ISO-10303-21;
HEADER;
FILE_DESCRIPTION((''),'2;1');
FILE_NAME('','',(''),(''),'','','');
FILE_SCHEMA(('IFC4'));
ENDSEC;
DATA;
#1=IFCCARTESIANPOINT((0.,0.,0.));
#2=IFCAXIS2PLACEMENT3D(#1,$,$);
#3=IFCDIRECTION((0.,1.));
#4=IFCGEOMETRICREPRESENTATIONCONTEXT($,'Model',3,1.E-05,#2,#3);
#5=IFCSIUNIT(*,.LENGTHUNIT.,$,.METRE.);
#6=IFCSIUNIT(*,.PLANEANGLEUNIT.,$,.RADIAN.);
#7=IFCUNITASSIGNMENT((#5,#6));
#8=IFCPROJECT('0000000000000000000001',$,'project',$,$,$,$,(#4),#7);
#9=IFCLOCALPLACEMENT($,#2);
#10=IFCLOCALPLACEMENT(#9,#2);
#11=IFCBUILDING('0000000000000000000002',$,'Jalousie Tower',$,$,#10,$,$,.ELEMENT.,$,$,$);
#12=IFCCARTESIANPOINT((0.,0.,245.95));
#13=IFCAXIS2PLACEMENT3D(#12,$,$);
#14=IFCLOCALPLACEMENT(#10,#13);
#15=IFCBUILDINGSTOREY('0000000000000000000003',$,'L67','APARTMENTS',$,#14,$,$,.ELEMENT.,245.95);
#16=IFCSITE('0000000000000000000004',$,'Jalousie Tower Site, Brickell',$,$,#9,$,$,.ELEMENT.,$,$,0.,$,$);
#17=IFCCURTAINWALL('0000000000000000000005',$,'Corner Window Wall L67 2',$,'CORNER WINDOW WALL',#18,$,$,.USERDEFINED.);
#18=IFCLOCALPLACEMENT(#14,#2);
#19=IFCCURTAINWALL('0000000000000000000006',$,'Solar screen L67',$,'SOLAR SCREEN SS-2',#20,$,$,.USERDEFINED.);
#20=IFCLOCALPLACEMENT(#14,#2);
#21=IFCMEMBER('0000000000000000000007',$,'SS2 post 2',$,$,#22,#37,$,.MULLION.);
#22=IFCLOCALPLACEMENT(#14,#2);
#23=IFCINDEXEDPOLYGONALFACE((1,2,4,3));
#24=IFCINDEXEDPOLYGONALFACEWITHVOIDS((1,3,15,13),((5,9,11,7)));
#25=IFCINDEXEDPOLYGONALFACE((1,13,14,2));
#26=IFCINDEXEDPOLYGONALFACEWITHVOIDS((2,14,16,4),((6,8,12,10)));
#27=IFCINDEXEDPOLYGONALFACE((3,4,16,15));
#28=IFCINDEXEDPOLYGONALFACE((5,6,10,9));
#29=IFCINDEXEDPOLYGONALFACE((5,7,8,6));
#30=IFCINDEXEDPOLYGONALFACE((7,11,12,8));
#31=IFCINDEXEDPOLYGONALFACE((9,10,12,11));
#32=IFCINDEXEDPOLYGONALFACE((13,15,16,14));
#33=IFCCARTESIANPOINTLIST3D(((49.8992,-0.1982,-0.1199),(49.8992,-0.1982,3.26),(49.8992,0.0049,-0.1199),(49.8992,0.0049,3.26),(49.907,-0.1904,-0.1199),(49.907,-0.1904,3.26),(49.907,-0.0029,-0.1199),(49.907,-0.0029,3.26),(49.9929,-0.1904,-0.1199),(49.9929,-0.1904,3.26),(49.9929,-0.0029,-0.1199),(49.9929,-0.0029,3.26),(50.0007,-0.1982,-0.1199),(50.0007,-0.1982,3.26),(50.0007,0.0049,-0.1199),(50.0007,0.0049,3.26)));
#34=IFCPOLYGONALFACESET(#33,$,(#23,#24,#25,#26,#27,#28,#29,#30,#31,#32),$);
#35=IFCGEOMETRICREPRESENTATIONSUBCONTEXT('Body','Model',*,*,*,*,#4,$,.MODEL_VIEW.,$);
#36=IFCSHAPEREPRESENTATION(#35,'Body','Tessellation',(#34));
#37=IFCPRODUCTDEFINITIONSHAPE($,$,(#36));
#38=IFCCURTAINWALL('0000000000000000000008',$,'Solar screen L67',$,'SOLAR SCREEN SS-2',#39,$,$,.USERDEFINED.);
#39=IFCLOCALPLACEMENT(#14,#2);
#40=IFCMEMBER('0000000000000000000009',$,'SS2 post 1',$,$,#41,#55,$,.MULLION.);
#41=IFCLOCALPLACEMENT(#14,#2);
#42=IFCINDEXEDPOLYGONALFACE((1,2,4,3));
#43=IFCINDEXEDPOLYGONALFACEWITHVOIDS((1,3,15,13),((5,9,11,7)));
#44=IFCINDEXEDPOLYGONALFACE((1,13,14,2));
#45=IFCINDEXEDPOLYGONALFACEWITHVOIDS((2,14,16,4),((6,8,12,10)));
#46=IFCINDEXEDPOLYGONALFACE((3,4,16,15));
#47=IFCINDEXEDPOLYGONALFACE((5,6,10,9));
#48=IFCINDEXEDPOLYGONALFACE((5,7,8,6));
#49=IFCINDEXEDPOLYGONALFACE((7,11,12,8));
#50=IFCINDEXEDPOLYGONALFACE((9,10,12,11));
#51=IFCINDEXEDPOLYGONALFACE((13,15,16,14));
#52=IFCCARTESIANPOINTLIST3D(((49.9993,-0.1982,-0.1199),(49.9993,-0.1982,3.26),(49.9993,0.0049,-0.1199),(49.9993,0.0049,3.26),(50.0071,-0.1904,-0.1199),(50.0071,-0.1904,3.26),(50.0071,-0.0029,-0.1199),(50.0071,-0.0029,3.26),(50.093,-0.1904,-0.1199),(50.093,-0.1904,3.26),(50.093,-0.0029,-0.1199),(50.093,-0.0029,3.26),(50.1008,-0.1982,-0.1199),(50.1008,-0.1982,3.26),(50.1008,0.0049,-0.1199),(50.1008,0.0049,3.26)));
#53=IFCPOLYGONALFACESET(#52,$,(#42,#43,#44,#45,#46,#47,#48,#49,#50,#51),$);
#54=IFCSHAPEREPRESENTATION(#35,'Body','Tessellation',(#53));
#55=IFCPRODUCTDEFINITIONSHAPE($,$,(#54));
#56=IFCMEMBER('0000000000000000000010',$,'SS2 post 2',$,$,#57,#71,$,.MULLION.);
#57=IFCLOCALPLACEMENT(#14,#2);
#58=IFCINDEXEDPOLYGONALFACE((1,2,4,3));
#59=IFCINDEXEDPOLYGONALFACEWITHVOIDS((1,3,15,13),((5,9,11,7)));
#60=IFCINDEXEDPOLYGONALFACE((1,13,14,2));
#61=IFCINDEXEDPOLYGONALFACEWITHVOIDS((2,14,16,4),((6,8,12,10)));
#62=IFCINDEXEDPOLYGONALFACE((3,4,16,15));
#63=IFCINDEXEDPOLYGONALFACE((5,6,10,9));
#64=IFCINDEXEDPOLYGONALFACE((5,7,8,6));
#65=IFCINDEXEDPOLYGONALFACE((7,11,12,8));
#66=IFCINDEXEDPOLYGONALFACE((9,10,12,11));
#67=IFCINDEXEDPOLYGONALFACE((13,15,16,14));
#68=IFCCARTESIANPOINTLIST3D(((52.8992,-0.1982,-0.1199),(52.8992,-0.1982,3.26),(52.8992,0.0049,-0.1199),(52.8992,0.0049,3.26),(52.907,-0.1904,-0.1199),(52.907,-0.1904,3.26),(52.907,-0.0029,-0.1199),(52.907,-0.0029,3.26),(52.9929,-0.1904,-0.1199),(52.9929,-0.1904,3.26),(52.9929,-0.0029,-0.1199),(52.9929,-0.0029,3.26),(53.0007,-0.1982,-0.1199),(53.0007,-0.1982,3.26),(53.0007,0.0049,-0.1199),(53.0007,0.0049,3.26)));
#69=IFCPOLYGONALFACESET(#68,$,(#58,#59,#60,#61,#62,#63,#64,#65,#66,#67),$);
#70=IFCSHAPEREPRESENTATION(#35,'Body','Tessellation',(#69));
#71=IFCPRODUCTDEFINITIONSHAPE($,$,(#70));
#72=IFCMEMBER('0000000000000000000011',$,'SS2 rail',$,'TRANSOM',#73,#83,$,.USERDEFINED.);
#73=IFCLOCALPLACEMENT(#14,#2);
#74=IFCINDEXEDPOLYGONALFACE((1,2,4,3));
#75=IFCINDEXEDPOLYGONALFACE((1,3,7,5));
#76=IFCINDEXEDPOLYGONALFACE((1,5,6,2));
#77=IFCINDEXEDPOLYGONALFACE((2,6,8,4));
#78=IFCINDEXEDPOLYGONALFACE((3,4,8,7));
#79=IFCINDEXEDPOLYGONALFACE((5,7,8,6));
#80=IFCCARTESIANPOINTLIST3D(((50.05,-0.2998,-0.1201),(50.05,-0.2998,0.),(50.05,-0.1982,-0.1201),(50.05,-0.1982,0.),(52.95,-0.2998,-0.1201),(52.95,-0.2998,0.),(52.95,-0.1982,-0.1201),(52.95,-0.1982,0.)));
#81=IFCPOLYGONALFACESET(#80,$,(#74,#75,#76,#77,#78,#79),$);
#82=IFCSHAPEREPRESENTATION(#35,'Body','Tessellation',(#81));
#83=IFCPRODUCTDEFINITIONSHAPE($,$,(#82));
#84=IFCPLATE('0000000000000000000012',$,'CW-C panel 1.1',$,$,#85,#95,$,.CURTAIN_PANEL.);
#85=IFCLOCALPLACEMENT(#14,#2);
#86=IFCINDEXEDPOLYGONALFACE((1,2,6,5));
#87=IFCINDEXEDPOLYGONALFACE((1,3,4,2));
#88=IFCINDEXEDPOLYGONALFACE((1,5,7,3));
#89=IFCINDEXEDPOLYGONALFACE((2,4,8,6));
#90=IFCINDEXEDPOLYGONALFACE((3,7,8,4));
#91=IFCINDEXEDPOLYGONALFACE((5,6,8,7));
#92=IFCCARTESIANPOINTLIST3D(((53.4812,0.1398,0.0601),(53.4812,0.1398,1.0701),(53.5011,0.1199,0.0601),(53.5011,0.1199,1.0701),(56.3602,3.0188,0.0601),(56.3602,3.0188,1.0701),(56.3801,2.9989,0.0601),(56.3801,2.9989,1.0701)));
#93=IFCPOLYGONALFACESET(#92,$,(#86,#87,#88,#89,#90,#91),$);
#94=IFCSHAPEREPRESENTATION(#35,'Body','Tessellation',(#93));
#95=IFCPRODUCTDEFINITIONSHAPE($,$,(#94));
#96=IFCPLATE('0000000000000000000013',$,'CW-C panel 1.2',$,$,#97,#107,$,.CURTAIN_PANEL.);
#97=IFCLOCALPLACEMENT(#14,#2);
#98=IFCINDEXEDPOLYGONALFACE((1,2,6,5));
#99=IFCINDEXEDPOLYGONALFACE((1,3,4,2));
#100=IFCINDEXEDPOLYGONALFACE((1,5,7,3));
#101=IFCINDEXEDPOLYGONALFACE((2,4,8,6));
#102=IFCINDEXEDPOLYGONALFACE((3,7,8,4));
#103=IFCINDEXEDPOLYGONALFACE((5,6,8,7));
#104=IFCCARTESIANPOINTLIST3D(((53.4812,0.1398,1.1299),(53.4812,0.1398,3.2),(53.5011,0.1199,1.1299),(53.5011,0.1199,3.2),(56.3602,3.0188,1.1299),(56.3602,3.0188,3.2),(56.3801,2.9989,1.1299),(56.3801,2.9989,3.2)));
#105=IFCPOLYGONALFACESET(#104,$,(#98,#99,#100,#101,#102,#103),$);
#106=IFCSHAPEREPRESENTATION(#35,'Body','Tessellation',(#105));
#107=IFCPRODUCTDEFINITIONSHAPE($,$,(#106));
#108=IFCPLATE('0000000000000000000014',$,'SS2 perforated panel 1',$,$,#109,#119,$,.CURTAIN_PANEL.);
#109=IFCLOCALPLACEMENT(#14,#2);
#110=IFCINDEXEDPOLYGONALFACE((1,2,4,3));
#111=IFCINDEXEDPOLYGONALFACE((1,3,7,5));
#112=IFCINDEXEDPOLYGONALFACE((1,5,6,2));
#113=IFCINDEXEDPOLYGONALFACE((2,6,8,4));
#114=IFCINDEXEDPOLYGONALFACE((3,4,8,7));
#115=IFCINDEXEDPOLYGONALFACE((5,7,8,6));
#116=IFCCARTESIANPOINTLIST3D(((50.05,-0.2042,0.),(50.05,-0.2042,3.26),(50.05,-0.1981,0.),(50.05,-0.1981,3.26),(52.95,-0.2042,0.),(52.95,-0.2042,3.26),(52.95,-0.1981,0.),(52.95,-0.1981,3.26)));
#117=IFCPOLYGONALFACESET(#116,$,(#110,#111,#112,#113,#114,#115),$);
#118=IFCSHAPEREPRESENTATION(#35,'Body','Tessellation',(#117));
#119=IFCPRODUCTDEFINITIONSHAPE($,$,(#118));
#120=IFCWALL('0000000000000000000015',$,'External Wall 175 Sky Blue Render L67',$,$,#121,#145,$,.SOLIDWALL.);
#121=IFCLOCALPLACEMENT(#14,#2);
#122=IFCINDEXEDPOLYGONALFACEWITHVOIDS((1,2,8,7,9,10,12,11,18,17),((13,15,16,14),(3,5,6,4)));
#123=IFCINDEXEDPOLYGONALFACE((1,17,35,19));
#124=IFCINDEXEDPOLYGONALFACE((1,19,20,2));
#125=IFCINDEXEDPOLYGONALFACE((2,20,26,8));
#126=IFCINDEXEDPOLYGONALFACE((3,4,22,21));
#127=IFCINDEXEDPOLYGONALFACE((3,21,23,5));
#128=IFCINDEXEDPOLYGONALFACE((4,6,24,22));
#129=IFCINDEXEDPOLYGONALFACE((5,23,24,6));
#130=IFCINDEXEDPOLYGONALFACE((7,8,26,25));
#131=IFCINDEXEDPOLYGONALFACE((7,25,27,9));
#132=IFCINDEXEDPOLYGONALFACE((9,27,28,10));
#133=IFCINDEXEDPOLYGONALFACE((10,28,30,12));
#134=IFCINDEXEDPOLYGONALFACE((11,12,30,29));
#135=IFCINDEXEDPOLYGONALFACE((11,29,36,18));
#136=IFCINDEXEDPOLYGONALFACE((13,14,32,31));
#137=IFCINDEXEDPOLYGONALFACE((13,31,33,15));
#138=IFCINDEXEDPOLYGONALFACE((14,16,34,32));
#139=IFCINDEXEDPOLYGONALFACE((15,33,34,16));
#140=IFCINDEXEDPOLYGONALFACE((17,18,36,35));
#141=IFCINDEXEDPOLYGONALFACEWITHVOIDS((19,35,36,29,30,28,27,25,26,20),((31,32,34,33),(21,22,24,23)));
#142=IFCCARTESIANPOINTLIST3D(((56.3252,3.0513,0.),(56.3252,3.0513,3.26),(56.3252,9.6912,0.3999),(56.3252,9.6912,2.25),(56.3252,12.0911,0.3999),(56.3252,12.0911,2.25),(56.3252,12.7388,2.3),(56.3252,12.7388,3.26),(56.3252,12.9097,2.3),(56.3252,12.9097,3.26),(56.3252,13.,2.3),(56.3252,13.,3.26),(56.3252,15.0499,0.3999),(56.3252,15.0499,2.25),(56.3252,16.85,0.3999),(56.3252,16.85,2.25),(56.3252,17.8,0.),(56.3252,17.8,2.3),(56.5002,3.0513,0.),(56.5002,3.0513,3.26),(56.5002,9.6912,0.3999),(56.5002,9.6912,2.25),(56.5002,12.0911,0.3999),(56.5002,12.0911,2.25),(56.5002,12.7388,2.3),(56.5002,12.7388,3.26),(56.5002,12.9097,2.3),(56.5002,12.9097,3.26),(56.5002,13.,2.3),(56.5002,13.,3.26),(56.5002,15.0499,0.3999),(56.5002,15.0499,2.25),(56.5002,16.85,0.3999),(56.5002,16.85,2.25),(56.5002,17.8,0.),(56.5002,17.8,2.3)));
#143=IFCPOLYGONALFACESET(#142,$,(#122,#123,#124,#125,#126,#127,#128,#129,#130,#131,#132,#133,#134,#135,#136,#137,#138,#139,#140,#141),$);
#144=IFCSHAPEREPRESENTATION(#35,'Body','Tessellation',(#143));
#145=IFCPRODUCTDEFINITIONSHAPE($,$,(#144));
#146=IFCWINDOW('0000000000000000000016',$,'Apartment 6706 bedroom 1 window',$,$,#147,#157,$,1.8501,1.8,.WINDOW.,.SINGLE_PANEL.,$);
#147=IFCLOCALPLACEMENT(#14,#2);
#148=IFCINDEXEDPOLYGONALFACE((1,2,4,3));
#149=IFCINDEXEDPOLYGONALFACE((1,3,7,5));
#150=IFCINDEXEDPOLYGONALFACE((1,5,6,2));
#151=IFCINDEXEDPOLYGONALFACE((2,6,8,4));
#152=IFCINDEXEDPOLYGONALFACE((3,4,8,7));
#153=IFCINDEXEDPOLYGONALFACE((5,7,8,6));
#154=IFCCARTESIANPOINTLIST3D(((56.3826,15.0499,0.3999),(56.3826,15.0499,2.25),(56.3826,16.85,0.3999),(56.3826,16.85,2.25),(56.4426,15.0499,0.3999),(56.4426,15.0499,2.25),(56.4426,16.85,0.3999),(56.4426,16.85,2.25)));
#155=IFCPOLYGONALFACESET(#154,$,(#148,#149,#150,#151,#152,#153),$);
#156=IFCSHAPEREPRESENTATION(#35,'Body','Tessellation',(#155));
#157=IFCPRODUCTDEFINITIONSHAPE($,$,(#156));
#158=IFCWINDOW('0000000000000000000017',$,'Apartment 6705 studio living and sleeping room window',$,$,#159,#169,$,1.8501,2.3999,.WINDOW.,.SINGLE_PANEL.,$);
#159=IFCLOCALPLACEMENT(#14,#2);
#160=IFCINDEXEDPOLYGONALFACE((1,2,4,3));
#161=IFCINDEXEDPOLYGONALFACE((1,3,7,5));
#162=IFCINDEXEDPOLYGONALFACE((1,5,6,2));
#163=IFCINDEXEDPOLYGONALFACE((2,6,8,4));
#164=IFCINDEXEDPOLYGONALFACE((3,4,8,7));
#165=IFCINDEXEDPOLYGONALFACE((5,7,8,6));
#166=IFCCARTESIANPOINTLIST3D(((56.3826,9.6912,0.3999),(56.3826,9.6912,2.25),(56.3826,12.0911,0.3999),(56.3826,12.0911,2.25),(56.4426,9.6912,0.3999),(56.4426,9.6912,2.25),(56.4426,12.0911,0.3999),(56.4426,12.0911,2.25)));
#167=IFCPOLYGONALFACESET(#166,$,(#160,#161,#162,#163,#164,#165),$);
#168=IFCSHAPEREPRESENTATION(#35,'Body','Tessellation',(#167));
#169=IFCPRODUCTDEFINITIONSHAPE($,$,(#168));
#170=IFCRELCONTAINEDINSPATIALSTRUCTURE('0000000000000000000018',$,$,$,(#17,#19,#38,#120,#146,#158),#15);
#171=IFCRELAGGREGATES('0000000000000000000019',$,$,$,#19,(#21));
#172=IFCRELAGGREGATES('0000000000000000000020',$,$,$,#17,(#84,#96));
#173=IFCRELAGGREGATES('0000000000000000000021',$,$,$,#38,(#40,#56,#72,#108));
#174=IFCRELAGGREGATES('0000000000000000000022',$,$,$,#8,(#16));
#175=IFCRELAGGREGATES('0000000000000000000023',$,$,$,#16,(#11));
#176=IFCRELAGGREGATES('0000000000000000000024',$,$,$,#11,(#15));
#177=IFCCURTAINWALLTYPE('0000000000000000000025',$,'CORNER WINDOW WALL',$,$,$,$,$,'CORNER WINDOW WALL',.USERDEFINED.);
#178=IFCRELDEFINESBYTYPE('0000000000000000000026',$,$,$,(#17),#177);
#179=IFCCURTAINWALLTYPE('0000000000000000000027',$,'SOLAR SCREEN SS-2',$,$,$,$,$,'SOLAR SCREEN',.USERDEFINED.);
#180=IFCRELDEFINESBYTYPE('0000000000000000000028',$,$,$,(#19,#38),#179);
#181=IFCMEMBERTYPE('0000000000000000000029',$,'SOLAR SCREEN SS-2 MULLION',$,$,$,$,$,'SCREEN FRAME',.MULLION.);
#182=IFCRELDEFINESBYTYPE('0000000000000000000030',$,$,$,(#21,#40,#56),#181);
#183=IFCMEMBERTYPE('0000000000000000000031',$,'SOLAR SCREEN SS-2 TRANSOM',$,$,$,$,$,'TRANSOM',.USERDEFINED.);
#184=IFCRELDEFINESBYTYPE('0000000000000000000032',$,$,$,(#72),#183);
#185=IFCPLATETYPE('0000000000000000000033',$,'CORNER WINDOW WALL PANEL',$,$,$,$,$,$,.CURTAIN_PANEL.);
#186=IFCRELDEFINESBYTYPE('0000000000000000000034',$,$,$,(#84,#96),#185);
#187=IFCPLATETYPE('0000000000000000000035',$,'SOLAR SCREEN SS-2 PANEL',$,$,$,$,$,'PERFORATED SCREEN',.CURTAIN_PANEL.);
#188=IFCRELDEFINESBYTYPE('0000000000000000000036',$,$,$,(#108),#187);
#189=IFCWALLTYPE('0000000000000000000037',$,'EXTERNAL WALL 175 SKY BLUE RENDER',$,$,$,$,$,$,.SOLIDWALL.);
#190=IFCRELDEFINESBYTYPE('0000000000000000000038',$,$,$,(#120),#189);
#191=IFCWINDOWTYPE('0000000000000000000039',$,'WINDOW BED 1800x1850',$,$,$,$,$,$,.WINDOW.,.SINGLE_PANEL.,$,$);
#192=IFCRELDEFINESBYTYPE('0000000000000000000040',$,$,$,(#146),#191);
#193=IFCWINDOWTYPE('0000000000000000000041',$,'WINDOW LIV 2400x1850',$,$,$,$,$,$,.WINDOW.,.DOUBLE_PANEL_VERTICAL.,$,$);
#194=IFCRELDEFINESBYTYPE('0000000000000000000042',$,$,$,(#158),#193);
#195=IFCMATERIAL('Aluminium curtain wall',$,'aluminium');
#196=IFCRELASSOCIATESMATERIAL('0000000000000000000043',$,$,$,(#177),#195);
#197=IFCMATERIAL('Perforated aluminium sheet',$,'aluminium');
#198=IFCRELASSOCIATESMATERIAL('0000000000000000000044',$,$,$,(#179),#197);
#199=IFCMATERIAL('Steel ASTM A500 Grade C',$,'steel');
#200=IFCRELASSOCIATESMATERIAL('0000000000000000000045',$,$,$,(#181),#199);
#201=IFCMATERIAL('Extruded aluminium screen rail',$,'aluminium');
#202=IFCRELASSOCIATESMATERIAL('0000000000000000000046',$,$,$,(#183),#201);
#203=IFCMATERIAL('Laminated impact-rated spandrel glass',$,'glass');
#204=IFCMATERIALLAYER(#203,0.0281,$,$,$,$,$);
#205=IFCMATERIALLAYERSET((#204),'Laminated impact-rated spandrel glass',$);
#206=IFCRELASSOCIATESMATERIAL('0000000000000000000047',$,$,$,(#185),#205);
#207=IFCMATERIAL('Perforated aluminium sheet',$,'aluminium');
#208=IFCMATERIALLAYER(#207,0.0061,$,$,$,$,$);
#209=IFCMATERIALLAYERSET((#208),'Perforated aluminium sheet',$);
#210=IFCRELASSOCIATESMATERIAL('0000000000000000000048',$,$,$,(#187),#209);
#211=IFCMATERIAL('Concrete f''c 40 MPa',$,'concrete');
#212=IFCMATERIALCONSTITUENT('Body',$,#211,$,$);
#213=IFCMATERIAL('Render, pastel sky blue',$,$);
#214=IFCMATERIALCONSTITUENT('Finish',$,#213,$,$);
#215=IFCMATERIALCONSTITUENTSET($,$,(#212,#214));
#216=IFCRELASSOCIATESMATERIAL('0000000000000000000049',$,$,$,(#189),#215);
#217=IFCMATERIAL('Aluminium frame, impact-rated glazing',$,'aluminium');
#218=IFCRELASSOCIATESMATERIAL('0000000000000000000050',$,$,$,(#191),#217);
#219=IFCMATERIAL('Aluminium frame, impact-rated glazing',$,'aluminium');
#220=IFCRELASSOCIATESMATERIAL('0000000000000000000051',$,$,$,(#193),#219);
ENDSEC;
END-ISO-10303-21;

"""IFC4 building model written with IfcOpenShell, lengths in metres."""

from ifc_helpers import new_model, si_unit, direction, frame, frame_2d, origin, origin_2d, place, context, subcontext, project, spatial, polyline, rectangle, hollow_rectangle, outline, extrude, material, layer, layer_set, constituent, constituent_set, material_profile, profile_set, type_object, element, fill, aggregate, save


model = new_model("IFC4")

# Units and contexts
model_context = context("Model", 3, precision=1e-05, world=origin(), true_north=direction((0.0, 1.0)))
body_context = subcontext(model_context, "Body", "Model", "MODEL_VIEW")
ifc_project = project(units=[si_unit("LENGTHUNIT", "METRE"), si_unit("PLANEANGLEUNIT", "RADIAN")], contexts=[model_context])

# Site, building, storey
site_placement = place(None, origin())
site = spatial("IfcSite", under=ifc_project, at=site_placement, Name="Jalousie Tower Site, Brickell", CompositionType="ELEMENT", RefElevation=0.0)
building_placement = place(site_placement, origin())
building = spatial("IfcBuilding", under=site, at=building_placement, Name="Jalousie Tower", CompositionType="ELEMENT")
storey_placement = place(building_placement, frame((0.0, 0.0, 245.95)))
storey = spatial("IfcBuildingStorey", under=building, at=storey_placement, Name="L67", Description="APARTMENTS", CompositionType="ELEMENT", Elevation=245.95)

# Curtain wall
ifc_material_1 = material(Name="Aluminium curtain wall", Category="aluminium")
curtain_wall_type_1 = type_object("IfcCurtainWallType", Name="CORNER WINDOW WALL", ElementType="CORNER WINDOW WALL", PredefinedType="USERDEFINED", material=ifc_material_1)
curtain_wall_1_placement = place(storey_placement, origin())
curtain_wall_1 = element("IfcCurtainWall", 1, at=curtain_wall_1_placement, inside=storey, type_object=curtain_wall_type_1, Name="Corner Window Wall L67 2", ObjectType="CORNER WINDOW WALL", PredefinedType="USERDEFINED")

# Curtain wall, member
ifc_material_2 = material(Name="Perforated aluminium sheet", Category="aluminium")
curtain_wall_type_2 = type_object("IfcCurtainWallType", Name="SOLAR SCREEN SS-2", ElementType="SOLAR SCREEN", PredefinedType="USERDEFINED", material=ifc_material_2)
curtain_wall_2_placement = place(storey_placement, origin())
curtain_wall_2 = element("IfcCurtainWall", 2, at=curtain_wall_2_placement, inside=storey, type_object=curtain_wall_type_2, Name="Solar screen L67", ObjectType="SOLAR SCREEN SS-2", PredefinedType="USERDEFINED")
ifc_material_3 = material(Name="Steel ASTM A500 Grade C", Category="steel")
ifc_material_profile_1 = material_profile(ifc_material_3, hollow_rectangle(XDim=0.1016, YDim=0.2031, WallThickness=0.0078, at=origin_2d()), Name="HSS8X4X5/16")
ifc_profile_set_1 = profile_set([ifc_material_profile_1], Name="Steel ASTM A500 Grade C")
member_type_1 = type_object("IfcMemberType", Name="SOLAR SCREEN SS-2 MULLION", ElementType="SCREEN FRAME", PredefinedType="MULLION", material=ifc_profile_set_1)
member_1_placement = place(storey_placement, frame((49.95, -0.0967, -0.1199), z_axis=(0.0, 0.0, 1.0), x_axis=(1.0, 0.0, 0.0)))
member_1 = element("IfcMember", 3, at=member_1_placement, type_object=member_type_1, Name="SS2 post 2", PredefinedType="MULLION", context=body_context, shape_type="SweptSolid", body=[
    extrude(hollow_rectangle(XDim=0.1016, YDim=0.2031, WallThickness=0.0078, at=origin_2d()), origin(), (0.0, 0.0, 1.0), 3.3799),
])
aggregate(curtain_wall_2, [member_1])

# Curtain wall, members
curtain_wall_3_placement = place(storey_placement, origin())
curtain_wall_3 = element("IfcCurtainWall", 4, at=curtain_wall_3_placement, inside=storey, type_object=curtain_wall_type_2, Name="Solar screen L67", ObjectType="SOLAR SCREEN SS-2", PredefinedType="USERDEFINED")
member_2_placement = place(storey_placement, frame((50.05, -0.0967, -0.1199), z_axis=(0.0, 0.0, 1.0), x_axis=(1.0, 0.0, 0.0)))
member_2 = element("IfcMember", 5, at=member_2_placement, type_object=member_type_1, Name="SS2 post 1", PredefinedType="MULLION", context=body_context, shape_type="SweptSolid", body=[
    extrude(hollow_rectangle(XDim=0.1016, YDim=0.2031, WallThickness=0.0078, at=origin_2d()), origin(), (0.0, 0.0, 1.0), 3.3799),
])
member_3_placement = place(storey_placement, frame((52.95, -0.0967, -0.1199), z_axis=(0.0, 0.0, 1.0), x_axis=(1.0, 0.0, 0.0)))
member_3 = element("IfcMember", 6, at=member_3_placement, type_object=member_type_1, Name="SS2 post 2", PredefinedType="MULLION", context=body_context, shape_type="SweptSolid", body=[
    extrude(hollow_rectangle(XDim=0.1016, YDim=0.2031, WallThickness=0.0078, at=origin_2d()), origin(), (0.0, 0.0, 1.0), 3.3799),
])
ifc_material_4 = material(Name="Extruded aluminium screen rail", Category="aluminium")
ifc_material_profile_2 = material_profile(ifc_material_4, rectangle(XDim=0.1016, YDim=0.1201, at=origin_2d()), Name="RAIL 102x120")
ifc_profile_set_2 = profile_set([ifc_material_profile_2], Name="Extruded aluminium screen rail")
member_type_2 = type_object("IfcMemberType", Name="SOLAR SCREEN SS-2 TRANSOM", ElementType="TRANSOM", PredefinedType="USERDEFINED", material=ifc_profile_set_2)
member_4_placement = place(storey_placement, frame((50.05, -0.249, -0.0601), z_axis=(1.0, 0.0, 0.0), x_axis=(0.0, 1.0, 0.0)))
member_4 = element("IfcMember", 7, at=member_4_placement, type_object=member_type_2, Name="SS2 rail", ObjectType="TRANSOM", PredefinedType="USERDEFINED", context=body_context, shape_type="SweptSolid", body=[
    extrude(rectangle(XDim=0.1016, YDim=0.1201, at=origin_2d()), origin(), (0.0, 0.0, 1.0), 2.8999),
])

# Plates
ifc_material_5 = material(Name="Laminated impact-rated spandrel glass", Category="glass")
ifc_layer_1 = layer(ifc_material_5, 0.0281)
ifc_layer_set_1 = layer_set([ifc_layer_1], Name="Laminated impact-rated spandrel glass")
plate_type_1 = type_object("IfcPlateType", Name="CORNER WINDOW WALL PANEL", PredefinedType="CURTAIN_PANEL", material=ifc_layer_set_1)
plate_1_placement = place(storey_placement, frame((54.9307, 1.5693, 0.0601), z_axis=(0.0, 0.0, 1.0), x_axis=(0.707107, 0.707107, 0.0)))
plate_1 = element("IfcPlate", 8, at=plate_1_placement, type_object=plate_type_1, Name="CW-C panel 1.1", PredefinedType="CURTAIN_PANEL", context=body_context, shape_type="SweptSolid", body=[
    extrude(rectangle(XDim=4.0715, YDim=0.0281, at=origin_2d()), origin(), (0.0, 0.0, 1.0), 1.01),
])
plate_2_placement = place(storey_placement, frame((54.9307, 1.5693, 1.1299), z_axis=(0.0, 0.0, 1.0), x_axis=(0.707107, 0.707107, 0.0)))
plate_2 = element("IfcPlate", 9, at=plate_2_placement, type_object=plate_type_1, Name="CW-C panel 1.2", PredefinedType="CURTAIN_PANEL", context=body_context, shape_type="SweptSolid", body=[
    extrude(rectangle(XDim=4.0715, YDim=0.0281, at=origin_2d()), origin(), (0.0, 0.0, 1.0), 2.0701),
])
aggregate(curtain_wall_1, [plate_1, plate_2])
ifc_material_6 = material(Name="Perforated aluminium sheet", Category="aluminium")
ifc_layer_2 = layer(ifc_material_6, 0.0061)
ifc_layer_set_2 = layer_set([ifc_layer_2], Name="Perforated aluminium sheet")
plate_type_2 = type_object("IfcPlateType", Name="SOLAR SCREEN SS-2 PANEL", ElementType="PERFORATED SCREEN", PredefinedType="CURTAIN_PANEL", material=ifc_layer_set_2)
plate_3_placement = place(storey_placement, frame((51.5, -0.2012, 0.0), z_axis=(0.0, 0.0, 1.0), x_axis=(1.0, 0.0, 0.0)))
plate_3 = element("IfcPlate", 10, at=plate_3_placement, type_object=plate_type_2, Name="SS2 perforated panel 1", PredefinedType="CURTAIN_PANEL", context=body_context, shape_type="SweptSolid", body=[
    extrude(rectangle(XDim=2.8999, YDim=0.0061, at=origin_2d()), origin(), (0.0, 0.0, 1.0), 3.26),
])
aggregate(curtain_wall_3, [member_2, member_3, member_4, plate_3])

# Wall, openings, windows
ifc_material_7 = material(Name="Concrete f'c 40 MPa", Category="concrete")
ifc_constituent_1 = constituent(ifc_material_7, Name="Body")
ifc_material_8 = material(Name="Render, pastel sky blue")
ifc_constituent_2 = constituent(ifc_material_8, Name="Finish")
ifc_constituent_set_1 = constituent_set(constituents=[ifc_constituent_1, ifc_constituent_2])
wall_type_1 = type_object("IfcWallType", Name="EXTERNAL WALL 175 SKY BLUE RENDER", PredefinedType="SOLIDWALL", material=ifc_constituent_set_1)
wall_1_placement = place(storey_placement, frame((56.4126, 3.0513, 0.0), z_axis=(0.0, 0.0, 1.0), x_axis=(0.0, 1.0, 0.0)))
wall_1 = element("IfcWall", 11, at=wall_1_placement, inside=storey, type_object=wall_type_1, Name="External Wall 175 Sky Blue Render L67", PredefinedType="SOLIDWALL", context=body_context, shape_type="SweptSolid", body=[
    extrude(outline(polyline([(0.0, 0.0), (14.7488, 0.0), (14.7488, 2.3), (9.9487, 2.3), (9.9487, 3.26), (9.8584, 3.26), (9.8584, 2.3), (9.6875, 2.3), (9.6875, 3.26), (0.0, 3.26), (0.0, 0.0)])), frame((0.0, 0.0874, 0.0), z_axis=(0.0, -1.0, 0.0), x_axis=(1.0, 0.0, 0.0)), (0.0, 0.0, 1.0), 0.175),
])
opening_1_placement = place(wall_1_placement, frame((6.6399, 0.0, 0.3999)))
opening_1 = element("IfcOpeningElement", 12, at=opening_1_placement, cuts=wall_1, PredefinedType="OPENING", context=body_context, shape_type="SweptSolid", body=[
    extrude(rectangle(XDim=2.3999, YDim=1.8501, at=frame_2d((1.2, 0.925))), frame((0.0, 0.0974, 0.0), z_axis=(0.0, -1.0, 0.0), x_axis=(1.0, 0.0, 0.0)), (0.0, 0.0, 1.0), 0.1951),
])
opening_2_placement = place(wall_1_placement, frame((11.9988, 0.0, 0.3999)))
opening_2 = element("IfcOpeningElement", 13, at=opening_2_placement, cuts=wall_1, PredefinedType="OPENING", context=body_context, shape_type="SweptSolid", body=[
    extrude(rectangle(XDim=1.8, YDim=1.8501, at=frame_2d((0.8999, 0.925))), frame((0.0, 0.0974, 0.0), z_axis=(0.0, -1.0, 0.0), x_axis=(1.0, 0.0, 0.0)), (0.0, 0.0, 1.0), 0.1951),
])
ifc_material_9 = material(Name="Aluminium frame, impact-rated glazing", Category="aluminium")
window_type_1 = type_object("IfcWindowType", Name="WINDOW BED 1800x1850", PartitioningType="SINGLE_PANEL", PredefinedType="WINDOW", material=ifc_material_9)
window_1_placement = place(opening_2_placement, origin())
window_1 = element("IfcWindow", 14, at=window_1_placement, inside=storey, type_object=window_type_1, Name="Apartment 6706 bedroom 1 window", OverallHeight=1.8501, OverallWidth=1.8, PartitioningType="SINGLE_PANEL", PredefinedType="WINDOW", context=body_context, shape_type="SweptSolid", body=[
    extrude(rectangle(XDim=1.8, YDim=1.8501, at=frame_2d((0.8999, 0.925))), frame((0.0, 0.03, 0.0), z_axis=(0.0, -1.0, 0.0), x_axis=(1.0, 0.0, 0.0)), (0.0, 0.0, 1.0), 0.0601),
])
fill(opening_2, window_1)
ifc_material_10 = material(Name="Aluminium frame, impact-rated glazing", Category="aluminium")
window_type_2 = type_object("IfcWindowType", Name="WINDOW LIV 2400x1850", PartitioningType="DOUBLE_PANEL_VERTICAL", PredefinedType="WINDOW", material=ifc_material_10)
window_2_placement = place(opening_1_placement, origin())
window_2 = element("IfcWindow", 15, at=window_2_placement, inside=storey, type_object=window_type_2, Name="Apartment 6705 studio living and sleeping room window", OverallHeight=1.8501, OverallWidth=2.3999, PartitioningType="SINGLE_PANEL", PredefinedType="WINDOW", context=body_context, shape_type="SweptSolid", body=[
    extrude(rectangle(XDim=2.3999, YDim=1.8501, at=frame_2d((1.2, 0.925))), frame((0.0, 0.03, 0.0), z_axis=(0.0, -1.0, 0.0), x_axis=(1.0, 0.0, 0.0)), (0.0, 0.0, 1.0), 0.0601),
])
fill(opening_1, window_2)

save(model, "model.ifc")
